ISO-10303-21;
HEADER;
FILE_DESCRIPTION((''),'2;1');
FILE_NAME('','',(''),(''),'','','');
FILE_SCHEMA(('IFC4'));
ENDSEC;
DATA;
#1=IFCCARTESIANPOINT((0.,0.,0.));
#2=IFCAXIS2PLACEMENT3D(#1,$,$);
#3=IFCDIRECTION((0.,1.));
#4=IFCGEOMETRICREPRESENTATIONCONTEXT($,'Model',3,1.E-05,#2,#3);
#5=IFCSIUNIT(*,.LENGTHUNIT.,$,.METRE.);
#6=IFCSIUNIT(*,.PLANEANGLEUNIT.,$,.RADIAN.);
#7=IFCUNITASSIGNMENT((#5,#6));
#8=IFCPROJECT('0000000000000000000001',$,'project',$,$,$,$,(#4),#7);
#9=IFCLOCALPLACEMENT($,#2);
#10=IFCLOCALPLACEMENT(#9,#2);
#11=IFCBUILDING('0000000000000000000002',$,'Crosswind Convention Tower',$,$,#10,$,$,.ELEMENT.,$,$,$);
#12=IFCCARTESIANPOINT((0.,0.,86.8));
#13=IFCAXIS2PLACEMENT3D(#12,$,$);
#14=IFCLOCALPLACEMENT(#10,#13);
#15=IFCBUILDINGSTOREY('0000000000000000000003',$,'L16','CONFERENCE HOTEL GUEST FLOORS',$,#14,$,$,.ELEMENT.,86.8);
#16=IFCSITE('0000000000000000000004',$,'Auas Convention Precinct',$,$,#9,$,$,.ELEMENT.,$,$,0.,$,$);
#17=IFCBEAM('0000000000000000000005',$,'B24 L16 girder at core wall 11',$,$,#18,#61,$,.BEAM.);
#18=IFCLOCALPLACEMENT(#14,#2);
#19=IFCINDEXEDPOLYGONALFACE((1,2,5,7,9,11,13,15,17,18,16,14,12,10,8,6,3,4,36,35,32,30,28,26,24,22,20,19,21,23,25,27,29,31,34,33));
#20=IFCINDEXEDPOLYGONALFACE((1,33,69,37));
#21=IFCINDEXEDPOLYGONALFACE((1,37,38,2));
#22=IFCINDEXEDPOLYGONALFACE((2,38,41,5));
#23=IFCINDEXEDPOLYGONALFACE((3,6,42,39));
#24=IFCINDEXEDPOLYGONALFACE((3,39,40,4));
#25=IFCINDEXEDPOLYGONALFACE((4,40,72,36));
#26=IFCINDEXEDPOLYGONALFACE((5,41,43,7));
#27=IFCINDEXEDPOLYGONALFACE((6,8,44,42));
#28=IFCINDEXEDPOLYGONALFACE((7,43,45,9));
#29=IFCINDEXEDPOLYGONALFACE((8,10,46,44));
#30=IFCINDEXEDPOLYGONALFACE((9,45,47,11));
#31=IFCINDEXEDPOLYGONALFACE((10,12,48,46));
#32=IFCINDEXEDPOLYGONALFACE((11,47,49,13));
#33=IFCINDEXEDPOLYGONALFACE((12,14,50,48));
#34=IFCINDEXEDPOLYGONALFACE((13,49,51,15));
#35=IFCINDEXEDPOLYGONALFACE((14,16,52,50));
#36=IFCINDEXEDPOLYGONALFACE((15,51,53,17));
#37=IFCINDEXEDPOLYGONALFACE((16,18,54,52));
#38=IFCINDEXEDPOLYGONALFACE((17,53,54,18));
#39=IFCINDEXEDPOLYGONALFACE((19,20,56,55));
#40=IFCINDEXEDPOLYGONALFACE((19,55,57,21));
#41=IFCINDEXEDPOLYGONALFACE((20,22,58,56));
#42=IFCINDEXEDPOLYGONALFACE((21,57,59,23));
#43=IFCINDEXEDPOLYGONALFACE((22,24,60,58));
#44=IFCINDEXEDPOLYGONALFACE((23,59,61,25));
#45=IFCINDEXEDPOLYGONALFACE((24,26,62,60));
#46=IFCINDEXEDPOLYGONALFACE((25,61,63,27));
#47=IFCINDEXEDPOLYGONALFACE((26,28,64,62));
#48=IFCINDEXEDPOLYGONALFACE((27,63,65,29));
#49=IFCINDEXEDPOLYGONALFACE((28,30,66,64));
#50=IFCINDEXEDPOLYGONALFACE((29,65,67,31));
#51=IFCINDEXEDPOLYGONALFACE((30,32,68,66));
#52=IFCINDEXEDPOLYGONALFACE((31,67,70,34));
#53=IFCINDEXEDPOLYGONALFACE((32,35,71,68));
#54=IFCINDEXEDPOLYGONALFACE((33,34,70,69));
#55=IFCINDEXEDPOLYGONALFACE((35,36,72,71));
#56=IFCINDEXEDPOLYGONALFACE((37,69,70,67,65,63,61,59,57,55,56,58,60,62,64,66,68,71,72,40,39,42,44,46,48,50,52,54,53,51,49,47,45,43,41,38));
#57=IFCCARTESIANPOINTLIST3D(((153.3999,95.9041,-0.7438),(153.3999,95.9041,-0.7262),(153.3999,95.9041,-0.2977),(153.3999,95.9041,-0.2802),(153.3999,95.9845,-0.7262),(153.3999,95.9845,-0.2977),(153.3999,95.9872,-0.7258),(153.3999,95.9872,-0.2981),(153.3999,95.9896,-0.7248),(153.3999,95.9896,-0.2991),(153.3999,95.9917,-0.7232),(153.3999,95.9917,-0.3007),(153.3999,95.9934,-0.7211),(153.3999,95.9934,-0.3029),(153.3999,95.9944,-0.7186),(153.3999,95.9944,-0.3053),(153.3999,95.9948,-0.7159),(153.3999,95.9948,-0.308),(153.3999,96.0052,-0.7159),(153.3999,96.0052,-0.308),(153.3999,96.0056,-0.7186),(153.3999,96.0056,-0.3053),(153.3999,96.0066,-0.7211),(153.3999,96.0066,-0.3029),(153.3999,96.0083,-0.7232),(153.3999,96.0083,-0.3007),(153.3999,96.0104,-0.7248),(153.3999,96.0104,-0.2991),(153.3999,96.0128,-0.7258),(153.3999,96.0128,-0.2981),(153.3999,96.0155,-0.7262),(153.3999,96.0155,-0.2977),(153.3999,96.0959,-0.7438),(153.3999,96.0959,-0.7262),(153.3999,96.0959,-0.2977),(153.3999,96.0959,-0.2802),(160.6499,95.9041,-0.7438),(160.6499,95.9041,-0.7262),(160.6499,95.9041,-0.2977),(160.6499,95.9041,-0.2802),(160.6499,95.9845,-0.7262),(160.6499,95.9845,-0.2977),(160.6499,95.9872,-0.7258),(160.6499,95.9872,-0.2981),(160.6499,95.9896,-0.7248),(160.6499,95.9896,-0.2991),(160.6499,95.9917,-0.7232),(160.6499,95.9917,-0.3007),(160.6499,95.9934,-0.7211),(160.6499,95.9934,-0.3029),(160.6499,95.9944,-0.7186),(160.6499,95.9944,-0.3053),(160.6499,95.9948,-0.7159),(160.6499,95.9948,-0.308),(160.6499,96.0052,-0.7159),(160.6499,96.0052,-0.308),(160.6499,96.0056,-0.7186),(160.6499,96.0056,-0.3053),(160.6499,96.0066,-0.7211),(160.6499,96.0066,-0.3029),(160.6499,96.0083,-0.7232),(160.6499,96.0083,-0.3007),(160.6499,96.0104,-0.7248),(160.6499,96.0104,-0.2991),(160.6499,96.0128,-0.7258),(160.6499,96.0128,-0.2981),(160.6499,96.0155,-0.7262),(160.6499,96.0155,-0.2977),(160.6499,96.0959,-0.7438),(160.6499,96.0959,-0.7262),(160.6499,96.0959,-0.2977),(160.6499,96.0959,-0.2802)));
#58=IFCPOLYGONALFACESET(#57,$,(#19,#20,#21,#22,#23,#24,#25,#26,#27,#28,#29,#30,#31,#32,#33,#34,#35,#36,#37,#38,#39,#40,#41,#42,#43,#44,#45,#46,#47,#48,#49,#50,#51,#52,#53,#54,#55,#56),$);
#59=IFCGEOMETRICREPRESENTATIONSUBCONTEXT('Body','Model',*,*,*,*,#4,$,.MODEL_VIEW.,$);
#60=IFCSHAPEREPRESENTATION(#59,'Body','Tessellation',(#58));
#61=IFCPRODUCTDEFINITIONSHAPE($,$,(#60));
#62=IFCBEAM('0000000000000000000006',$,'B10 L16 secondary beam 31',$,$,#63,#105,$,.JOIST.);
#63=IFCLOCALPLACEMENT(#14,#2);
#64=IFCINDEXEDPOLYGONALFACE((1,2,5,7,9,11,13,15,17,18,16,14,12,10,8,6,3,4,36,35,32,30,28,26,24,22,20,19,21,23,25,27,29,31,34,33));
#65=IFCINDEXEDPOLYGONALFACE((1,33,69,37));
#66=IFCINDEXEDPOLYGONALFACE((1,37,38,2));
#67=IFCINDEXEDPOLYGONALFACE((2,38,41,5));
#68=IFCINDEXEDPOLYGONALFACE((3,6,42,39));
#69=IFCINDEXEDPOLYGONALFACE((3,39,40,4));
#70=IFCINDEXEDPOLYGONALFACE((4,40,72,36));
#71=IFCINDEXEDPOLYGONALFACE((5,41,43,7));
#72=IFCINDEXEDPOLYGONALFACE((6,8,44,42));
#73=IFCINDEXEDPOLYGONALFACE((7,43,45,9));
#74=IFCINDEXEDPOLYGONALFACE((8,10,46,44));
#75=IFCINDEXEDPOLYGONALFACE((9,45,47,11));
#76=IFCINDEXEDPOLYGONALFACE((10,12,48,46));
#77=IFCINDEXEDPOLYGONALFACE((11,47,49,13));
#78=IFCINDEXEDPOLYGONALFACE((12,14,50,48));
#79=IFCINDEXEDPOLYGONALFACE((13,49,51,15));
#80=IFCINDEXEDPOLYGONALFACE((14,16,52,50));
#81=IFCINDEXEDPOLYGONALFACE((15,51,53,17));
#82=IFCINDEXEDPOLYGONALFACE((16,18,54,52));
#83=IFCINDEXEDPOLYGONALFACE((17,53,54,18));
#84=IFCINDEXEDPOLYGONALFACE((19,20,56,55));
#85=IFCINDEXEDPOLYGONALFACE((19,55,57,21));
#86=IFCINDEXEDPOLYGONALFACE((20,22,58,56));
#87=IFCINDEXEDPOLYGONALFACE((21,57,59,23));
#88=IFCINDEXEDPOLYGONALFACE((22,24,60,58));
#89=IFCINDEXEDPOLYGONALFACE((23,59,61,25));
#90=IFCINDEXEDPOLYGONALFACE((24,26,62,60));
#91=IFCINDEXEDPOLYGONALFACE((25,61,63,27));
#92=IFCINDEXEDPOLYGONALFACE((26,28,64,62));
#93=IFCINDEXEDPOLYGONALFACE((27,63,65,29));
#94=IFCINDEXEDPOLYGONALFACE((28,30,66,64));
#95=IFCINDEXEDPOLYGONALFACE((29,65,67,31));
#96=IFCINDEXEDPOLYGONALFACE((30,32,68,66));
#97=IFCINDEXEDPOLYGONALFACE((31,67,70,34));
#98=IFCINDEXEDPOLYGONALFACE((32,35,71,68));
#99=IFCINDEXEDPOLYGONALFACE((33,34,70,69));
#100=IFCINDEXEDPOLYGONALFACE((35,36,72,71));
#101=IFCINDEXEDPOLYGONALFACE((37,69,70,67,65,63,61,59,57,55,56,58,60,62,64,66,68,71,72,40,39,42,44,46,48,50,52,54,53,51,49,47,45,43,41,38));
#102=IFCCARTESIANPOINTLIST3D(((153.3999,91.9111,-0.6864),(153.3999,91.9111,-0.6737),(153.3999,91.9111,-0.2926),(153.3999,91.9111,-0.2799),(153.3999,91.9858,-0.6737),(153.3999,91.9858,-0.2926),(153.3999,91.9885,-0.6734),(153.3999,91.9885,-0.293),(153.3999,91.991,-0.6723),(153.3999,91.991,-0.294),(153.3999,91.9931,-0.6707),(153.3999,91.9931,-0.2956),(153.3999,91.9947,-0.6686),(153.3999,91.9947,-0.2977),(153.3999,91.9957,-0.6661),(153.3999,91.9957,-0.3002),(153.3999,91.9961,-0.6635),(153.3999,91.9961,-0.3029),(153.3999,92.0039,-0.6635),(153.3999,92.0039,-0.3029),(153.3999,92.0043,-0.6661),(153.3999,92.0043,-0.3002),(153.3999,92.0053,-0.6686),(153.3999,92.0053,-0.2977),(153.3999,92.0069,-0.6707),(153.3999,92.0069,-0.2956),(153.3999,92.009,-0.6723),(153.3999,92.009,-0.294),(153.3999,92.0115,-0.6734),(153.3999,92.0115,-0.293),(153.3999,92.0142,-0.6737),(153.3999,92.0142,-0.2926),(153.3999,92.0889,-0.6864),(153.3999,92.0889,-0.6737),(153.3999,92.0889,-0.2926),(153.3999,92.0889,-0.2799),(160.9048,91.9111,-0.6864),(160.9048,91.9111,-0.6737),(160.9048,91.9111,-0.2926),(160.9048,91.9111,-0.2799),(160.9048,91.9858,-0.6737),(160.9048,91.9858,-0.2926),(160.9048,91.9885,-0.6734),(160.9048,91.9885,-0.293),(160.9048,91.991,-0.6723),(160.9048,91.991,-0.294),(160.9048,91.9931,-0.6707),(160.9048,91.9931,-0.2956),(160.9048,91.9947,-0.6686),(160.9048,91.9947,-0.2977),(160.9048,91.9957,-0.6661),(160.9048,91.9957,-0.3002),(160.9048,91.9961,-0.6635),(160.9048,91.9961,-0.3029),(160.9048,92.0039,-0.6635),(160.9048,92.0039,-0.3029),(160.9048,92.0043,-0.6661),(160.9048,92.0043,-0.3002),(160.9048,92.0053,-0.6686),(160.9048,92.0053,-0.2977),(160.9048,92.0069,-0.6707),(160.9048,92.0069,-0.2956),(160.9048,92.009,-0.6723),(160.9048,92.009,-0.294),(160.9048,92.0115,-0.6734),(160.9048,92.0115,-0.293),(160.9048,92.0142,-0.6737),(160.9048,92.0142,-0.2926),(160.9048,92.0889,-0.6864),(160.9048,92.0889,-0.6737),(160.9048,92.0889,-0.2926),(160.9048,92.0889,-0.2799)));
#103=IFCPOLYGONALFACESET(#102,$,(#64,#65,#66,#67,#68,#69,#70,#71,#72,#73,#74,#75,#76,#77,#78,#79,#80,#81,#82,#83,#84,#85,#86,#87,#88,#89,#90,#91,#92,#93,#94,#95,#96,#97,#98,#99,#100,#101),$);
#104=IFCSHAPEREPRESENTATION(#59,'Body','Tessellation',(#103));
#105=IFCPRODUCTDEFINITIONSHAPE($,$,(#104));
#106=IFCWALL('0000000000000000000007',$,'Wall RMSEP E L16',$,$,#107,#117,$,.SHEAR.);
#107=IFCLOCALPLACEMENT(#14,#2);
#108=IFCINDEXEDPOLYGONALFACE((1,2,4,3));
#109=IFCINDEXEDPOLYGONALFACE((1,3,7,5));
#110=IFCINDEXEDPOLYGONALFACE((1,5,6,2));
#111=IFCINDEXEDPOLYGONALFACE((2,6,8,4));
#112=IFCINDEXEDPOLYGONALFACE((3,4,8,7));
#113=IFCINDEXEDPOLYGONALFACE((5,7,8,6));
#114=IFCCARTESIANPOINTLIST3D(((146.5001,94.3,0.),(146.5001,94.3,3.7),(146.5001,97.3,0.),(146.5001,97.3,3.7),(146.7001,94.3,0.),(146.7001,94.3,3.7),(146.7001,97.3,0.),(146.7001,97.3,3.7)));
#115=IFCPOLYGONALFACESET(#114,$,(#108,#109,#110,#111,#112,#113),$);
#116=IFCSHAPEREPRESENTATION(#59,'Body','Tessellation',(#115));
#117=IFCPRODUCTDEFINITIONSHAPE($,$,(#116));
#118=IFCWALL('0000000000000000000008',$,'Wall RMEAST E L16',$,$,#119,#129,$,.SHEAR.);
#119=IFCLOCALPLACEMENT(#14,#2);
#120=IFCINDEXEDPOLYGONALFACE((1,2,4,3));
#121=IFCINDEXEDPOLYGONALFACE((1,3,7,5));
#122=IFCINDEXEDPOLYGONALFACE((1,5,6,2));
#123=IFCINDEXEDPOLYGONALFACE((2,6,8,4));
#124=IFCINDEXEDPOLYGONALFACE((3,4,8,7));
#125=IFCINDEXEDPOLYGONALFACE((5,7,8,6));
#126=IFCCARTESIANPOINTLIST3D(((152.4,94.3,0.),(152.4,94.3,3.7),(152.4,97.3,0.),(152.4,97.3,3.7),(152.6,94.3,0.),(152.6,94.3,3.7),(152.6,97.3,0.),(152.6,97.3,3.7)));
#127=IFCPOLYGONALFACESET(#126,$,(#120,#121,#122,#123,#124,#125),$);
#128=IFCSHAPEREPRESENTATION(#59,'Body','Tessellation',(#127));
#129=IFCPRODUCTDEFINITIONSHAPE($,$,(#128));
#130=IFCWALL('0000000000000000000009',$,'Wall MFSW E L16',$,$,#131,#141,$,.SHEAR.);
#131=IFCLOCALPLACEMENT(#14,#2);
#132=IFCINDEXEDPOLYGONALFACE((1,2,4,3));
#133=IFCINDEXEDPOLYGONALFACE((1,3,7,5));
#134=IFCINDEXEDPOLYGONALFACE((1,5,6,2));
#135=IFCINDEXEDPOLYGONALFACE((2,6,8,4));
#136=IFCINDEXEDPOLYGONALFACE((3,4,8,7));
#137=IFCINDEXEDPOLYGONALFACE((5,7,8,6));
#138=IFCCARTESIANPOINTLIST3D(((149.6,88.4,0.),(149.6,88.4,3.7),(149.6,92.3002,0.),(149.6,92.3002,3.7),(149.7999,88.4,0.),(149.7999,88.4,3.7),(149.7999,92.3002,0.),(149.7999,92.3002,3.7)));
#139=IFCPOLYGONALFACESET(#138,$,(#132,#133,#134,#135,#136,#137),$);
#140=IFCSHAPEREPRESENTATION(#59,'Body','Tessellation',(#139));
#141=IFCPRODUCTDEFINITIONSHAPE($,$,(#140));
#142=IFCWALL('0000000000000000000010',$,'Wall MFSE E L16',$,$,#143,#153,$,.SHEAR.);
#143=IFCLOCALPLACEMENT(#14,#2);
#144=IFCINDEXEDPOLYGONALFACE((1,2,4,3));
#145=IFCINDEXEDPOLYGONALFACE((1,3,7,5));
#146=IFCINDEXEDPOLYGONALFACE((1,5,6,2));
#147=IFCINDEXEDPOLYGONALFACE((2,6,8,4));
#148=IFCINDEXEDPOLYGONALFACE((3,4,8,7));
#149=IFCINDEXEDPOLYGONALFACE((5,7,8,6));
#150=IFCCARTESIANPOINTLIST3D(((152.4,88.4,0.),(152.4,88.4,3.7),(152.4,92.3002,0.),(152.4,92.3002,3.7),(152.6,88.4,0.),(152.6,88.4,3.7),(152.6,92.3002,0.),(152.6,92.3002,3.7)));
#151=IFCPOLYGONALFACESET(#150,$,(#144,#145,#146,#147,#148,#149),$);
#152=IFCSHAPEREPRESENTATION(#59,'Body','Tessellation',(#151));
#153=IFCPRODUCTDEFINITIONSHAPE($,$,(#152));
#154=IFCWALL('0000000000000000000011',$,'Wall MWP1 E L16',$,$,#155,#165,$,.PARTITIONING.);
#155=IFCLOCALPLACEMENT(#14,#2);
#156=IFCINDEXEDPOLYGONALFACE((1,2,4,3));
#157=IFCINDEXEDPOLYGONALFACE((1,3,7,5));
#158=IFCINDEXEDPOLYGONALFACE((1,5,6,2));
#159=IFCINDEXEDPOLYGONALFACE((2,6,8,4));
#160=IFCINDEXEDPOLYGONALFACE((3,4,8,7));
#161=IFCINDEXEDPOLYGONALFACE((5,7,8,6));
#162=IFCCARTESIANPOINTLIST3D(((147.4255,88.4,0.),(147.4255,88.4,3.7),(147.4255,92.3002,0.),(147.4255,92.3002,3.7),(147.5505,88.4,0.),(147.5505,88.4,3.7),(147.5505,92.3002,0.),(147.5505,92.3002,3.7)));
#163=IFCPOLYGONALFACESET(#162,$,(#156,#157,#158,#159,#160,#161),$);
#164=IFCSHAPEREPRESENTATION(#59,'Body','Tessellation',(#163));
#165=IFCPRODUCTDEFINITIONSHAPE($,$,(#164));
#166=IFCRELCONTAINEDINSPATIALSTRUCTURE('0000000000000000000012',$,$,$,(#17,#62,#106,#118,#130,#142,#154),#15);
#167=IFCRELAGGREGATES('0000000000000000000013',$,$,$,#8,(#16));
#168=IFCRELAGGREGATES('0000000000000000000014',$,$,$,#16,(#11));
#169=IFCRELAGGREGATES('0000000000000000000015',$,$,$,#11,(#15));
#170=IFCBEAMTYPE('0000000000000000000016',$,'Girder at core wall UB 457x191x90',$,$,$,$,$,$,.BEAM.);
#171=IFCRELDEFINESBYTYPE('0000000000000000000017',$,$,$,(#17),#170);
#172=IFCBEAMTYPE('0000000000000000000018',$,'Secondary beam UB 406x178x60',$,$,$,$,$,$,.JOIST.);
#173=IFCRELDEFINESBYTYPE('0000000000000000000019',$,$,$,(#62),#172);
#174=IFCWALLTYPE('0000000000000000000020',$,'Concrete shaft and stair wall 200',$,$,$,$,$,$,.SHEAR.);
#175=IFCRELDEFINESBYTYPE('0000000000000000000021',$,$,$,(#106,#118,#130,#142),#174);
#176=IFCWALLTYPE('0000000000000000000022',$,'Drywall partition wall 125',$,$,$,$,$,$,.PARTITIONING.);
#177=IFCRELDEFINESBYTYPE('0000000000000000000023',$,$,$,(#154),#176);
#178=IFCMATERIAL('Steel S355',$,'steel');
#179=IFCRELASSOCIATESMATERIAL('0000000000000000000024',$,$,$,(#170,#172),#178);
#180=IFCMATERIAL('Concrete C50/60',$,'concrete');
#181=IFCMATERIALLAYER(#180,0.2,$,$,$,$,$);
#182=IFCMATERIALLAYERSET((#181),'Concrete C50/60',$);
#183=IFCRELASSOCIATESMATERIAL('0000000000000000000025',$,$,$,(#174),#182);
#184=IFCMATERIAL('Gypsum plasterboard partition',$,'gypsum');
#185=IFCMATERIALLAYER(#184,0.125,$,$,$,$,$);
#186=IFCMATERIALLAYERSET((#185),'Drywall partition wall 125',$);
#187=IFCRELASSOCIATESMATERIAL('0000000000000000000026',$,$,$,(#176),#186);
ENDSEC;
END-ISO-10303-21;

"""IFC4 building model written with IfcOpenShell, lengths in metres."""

from ifc_helpers import new_model, si_unit, direction, frame, frame_2d, origin, origin_2d, place, context, subcontext, project, spatial, rectangle, i_section, extrude, material, layer, layer_set, material_profile, profile_set, type_object, element, save


model = new_model("IFC4")

# Units and contexts
model_context = context("Model", 3, precision=1e-05, world=origin(), true_north=direction((0.0, 1.0)))
body_context = subcontext(model_context, "Body", "Model", "MODEL_VIEW")
ifc_project = project(units=[si_unit("LENGTHUNIT", "METRE"), si_unit("PLANEANGLEUNIT", "RADIAN")], contexts=[model_context])

# Site, building, storey
site_placement = place(None, origin())
site = spatial("IfcSite", under=ifc_project, at=site_placement, Name="Auas Convention Precinct", CompositionType="ELEMENT", RefElevation=0.0)
building_placement = place(site_placement, origin())
building = spatial("IfcBuilding", under=site, at=building_placement, Name="Crosswind Convention Tower", CompositionType="ELEMENT")
storey_placement = place(building_placement, frame((0.0, 0.0, 86.8)))
storey = spatial("IfcBuildingStorey", under=building, at=storey_placement, Name="L16", Description="CONFERENCE HOTEL GUEST FLOORS", CompositionType="ELEMENT", Elevation=86.8)

# Beams
ifc_material_1 = material(Name="Steel S355", Category="steel")
ifc_material_profile_1 = material_profile(ifc_material_1, i_section(OverallWidth=0.1919, OverallDepth=0.4636, WebThickness=0.0105, FlangeThickness=0.0176, FilletRadius=0.0103, at=origin_2d()), Name="UB 457x191x90")
ifc_profile_set_1 = profile_set([ifc_material_profile_1], Name="Steel S355")
beam_type_1 = type_object("IfcBeamType", Name="Girder at core wall UB 457x191x90", PredefinedType="BEAM", material=ifc_profile_set_1)
beam_1_placement = place(storey_placement, frame((153.3999, 96.0, -0.512), z_axis=(1.0, 0.0, 0.0), x_axis=(0.0, 1.0, 0.0)))
element("IfcBeam", 1, at=beam_1_placement, inside=storey, type_object=beam_type_1, Name="B24 L16 girder at core wall 11", PredefinedType="BEAM", context=body_context, shape_type="SweptSolid", body=[
    extrude(i_section(OverallWidth=0.1919, OverallDepth=0.4636, WebThickness=0.0105, FlangeThickness=0.0176, FilletRadius=0.0103, at=origin_2d()), origin(), (0.0, 0.0, 1.0), 7.25),
])
ifc_material_profile_2 = material_profile(ifc_material_1, i_section(OverallWidth=0.1777, OverallDepth=0.4065, WebThickness=0.0078, FlangeThickness=0.0127, FilletRadius=0.0103, at=origin_2d()), Name="UB 406x178x60")
ifc_profile_set_2 = profile_set([ifc_material_profile_2], Name="Steel S355")
beam_type_2 = type_object("IfcBeamType", Name="Secondary beam UB 406x178x60", PredefinedType="JOIST", material=ifc_profile_set_2)
beam_2_placement = place(storey_placement, frame((153.3999, 92.0, -0.4832), z_axis=(1.0, 0.0, 0.0), x_axis=(0.0, 1.0, 0.0)))
element("IfcBeam", 2, at=beam_2_placement, inside=storey, type_object=beam_type_2, Name="B10 L16 secondary beam 31", PredefinedType="JOIST", context=body_context, shape_type="SweptSolid", body=[
    extrude(i_section(OverallWidth=0.1777, OverallDepth=0.4065, WebThickness=0.0078, FlangeThickness=0.0127, FilletRadius=0.0103, at=origin_2d()), origin(), (0.0, 0.0, 1.0), 7.5049),
])

# Walls
ifc_material_2 = material(Name="Concrete C50/60", Category="concrete")
ifc_layer_1 = layer(ifc_material_2, 0.2)
ifc_layer_set_1 = layer_set([ifc_layer_1], Name="Concrete C50/60")
wall_type_1 = type_object("IfcWallType", Name="Concrete shaft and stair wall 200", PredefinedType="SHEAR", material=ifc_layer_set_1)
for number, where, z_axis, x_axis, name in (
    (3, (146.6001, 94.3, 0.0), (0.0, 0.0, 1.0), (0.0, 1.0, 0.0), "Wall RMSEP E L16"),
    (4, (152.5, 94.3, 0.0), (0.0, 0.0, 1.0), (0.0, 1.0, 0.0), "Wall RMEAST E L16"),
):
    element("IfcWall", number, at=place(storey_placement, frame(where, z_axis=z_axis, x_axis=x_axis)), inside=storey, type_object=wall_type_1, Name=name, PredefinedType="SHEAR", context=body_context, shape_type="SweptSolid", body=[
        extrude(rectangle(XDim=3.0, YDim=0.2, at=frame_2d((1.5, 0.0))), origin(), (0.0, 0.0, 1.0), 3.7),
    ])
for number, where, z_axis, x_axis, name in (
    (5, (149.7, 88.3999, 0.0), (0.0, 0.0, 1.0), (0.0, 1.0, 0.0), "Wall MFSW E L16"),
    (6, (152.5, 88.3999, 0.0), (0.0, 0.0, 1.0), (0.0, 1.0, 0.0), "Wall MFSE E L16"),
):
    element("IfcWall", number, at=place(storey_placement, frame(where, z_axis=z_axis, x_axis=x_axis)), inside=storey, type_object=wall_type_1, Name=name, PredefinedType="SHEAR", context=body_context, shape_type="SweptSolid", body=[
        extrude(rectangle(XDim=3.9001, YDim=0.2, at=frame_2d((1.9502, 0.0))), origin(), (0.0, 0.0, 1.0), 3.7),
    ])
ifc_material_3 = material(Name="Gypsum plasterboard partition", Category="gypsum")
ifc_layer_2 = layer(ifc_material_3, 0.125)
ifc_layer_set_2 = layer_set([ifc_layer_2], Name="Drywall partition wall 125")
wall_type_2 = type_object("IfcWallType", Name="Drywall partition wall 125", PredefinedType="PARTITIONING", material=ifc_layer_set_2)
wall_1_placement = place(storey_placement, frame((147.488, 88.3999, 0.0), z_axis=(0.0, 0.0, 1.0), x_axis=(0.0, 1.0, 0.0)))
element("IfcWall", 7, at=wall_1_placement, inside=storey, type_object=wall_type_2, Name="Wall MWP1 E L16", PredefinedType="PARTITIONING", context=body_context, shape_type="SweptSolid", body=[
    extrude(rectangle(XDim=3.9001, YDim=0.125, at=frame_2d((1.9502, 0.0))), origin(), (0.0, 0.0, 1.0), 3.7),
])

save(model, "model.ifc")
